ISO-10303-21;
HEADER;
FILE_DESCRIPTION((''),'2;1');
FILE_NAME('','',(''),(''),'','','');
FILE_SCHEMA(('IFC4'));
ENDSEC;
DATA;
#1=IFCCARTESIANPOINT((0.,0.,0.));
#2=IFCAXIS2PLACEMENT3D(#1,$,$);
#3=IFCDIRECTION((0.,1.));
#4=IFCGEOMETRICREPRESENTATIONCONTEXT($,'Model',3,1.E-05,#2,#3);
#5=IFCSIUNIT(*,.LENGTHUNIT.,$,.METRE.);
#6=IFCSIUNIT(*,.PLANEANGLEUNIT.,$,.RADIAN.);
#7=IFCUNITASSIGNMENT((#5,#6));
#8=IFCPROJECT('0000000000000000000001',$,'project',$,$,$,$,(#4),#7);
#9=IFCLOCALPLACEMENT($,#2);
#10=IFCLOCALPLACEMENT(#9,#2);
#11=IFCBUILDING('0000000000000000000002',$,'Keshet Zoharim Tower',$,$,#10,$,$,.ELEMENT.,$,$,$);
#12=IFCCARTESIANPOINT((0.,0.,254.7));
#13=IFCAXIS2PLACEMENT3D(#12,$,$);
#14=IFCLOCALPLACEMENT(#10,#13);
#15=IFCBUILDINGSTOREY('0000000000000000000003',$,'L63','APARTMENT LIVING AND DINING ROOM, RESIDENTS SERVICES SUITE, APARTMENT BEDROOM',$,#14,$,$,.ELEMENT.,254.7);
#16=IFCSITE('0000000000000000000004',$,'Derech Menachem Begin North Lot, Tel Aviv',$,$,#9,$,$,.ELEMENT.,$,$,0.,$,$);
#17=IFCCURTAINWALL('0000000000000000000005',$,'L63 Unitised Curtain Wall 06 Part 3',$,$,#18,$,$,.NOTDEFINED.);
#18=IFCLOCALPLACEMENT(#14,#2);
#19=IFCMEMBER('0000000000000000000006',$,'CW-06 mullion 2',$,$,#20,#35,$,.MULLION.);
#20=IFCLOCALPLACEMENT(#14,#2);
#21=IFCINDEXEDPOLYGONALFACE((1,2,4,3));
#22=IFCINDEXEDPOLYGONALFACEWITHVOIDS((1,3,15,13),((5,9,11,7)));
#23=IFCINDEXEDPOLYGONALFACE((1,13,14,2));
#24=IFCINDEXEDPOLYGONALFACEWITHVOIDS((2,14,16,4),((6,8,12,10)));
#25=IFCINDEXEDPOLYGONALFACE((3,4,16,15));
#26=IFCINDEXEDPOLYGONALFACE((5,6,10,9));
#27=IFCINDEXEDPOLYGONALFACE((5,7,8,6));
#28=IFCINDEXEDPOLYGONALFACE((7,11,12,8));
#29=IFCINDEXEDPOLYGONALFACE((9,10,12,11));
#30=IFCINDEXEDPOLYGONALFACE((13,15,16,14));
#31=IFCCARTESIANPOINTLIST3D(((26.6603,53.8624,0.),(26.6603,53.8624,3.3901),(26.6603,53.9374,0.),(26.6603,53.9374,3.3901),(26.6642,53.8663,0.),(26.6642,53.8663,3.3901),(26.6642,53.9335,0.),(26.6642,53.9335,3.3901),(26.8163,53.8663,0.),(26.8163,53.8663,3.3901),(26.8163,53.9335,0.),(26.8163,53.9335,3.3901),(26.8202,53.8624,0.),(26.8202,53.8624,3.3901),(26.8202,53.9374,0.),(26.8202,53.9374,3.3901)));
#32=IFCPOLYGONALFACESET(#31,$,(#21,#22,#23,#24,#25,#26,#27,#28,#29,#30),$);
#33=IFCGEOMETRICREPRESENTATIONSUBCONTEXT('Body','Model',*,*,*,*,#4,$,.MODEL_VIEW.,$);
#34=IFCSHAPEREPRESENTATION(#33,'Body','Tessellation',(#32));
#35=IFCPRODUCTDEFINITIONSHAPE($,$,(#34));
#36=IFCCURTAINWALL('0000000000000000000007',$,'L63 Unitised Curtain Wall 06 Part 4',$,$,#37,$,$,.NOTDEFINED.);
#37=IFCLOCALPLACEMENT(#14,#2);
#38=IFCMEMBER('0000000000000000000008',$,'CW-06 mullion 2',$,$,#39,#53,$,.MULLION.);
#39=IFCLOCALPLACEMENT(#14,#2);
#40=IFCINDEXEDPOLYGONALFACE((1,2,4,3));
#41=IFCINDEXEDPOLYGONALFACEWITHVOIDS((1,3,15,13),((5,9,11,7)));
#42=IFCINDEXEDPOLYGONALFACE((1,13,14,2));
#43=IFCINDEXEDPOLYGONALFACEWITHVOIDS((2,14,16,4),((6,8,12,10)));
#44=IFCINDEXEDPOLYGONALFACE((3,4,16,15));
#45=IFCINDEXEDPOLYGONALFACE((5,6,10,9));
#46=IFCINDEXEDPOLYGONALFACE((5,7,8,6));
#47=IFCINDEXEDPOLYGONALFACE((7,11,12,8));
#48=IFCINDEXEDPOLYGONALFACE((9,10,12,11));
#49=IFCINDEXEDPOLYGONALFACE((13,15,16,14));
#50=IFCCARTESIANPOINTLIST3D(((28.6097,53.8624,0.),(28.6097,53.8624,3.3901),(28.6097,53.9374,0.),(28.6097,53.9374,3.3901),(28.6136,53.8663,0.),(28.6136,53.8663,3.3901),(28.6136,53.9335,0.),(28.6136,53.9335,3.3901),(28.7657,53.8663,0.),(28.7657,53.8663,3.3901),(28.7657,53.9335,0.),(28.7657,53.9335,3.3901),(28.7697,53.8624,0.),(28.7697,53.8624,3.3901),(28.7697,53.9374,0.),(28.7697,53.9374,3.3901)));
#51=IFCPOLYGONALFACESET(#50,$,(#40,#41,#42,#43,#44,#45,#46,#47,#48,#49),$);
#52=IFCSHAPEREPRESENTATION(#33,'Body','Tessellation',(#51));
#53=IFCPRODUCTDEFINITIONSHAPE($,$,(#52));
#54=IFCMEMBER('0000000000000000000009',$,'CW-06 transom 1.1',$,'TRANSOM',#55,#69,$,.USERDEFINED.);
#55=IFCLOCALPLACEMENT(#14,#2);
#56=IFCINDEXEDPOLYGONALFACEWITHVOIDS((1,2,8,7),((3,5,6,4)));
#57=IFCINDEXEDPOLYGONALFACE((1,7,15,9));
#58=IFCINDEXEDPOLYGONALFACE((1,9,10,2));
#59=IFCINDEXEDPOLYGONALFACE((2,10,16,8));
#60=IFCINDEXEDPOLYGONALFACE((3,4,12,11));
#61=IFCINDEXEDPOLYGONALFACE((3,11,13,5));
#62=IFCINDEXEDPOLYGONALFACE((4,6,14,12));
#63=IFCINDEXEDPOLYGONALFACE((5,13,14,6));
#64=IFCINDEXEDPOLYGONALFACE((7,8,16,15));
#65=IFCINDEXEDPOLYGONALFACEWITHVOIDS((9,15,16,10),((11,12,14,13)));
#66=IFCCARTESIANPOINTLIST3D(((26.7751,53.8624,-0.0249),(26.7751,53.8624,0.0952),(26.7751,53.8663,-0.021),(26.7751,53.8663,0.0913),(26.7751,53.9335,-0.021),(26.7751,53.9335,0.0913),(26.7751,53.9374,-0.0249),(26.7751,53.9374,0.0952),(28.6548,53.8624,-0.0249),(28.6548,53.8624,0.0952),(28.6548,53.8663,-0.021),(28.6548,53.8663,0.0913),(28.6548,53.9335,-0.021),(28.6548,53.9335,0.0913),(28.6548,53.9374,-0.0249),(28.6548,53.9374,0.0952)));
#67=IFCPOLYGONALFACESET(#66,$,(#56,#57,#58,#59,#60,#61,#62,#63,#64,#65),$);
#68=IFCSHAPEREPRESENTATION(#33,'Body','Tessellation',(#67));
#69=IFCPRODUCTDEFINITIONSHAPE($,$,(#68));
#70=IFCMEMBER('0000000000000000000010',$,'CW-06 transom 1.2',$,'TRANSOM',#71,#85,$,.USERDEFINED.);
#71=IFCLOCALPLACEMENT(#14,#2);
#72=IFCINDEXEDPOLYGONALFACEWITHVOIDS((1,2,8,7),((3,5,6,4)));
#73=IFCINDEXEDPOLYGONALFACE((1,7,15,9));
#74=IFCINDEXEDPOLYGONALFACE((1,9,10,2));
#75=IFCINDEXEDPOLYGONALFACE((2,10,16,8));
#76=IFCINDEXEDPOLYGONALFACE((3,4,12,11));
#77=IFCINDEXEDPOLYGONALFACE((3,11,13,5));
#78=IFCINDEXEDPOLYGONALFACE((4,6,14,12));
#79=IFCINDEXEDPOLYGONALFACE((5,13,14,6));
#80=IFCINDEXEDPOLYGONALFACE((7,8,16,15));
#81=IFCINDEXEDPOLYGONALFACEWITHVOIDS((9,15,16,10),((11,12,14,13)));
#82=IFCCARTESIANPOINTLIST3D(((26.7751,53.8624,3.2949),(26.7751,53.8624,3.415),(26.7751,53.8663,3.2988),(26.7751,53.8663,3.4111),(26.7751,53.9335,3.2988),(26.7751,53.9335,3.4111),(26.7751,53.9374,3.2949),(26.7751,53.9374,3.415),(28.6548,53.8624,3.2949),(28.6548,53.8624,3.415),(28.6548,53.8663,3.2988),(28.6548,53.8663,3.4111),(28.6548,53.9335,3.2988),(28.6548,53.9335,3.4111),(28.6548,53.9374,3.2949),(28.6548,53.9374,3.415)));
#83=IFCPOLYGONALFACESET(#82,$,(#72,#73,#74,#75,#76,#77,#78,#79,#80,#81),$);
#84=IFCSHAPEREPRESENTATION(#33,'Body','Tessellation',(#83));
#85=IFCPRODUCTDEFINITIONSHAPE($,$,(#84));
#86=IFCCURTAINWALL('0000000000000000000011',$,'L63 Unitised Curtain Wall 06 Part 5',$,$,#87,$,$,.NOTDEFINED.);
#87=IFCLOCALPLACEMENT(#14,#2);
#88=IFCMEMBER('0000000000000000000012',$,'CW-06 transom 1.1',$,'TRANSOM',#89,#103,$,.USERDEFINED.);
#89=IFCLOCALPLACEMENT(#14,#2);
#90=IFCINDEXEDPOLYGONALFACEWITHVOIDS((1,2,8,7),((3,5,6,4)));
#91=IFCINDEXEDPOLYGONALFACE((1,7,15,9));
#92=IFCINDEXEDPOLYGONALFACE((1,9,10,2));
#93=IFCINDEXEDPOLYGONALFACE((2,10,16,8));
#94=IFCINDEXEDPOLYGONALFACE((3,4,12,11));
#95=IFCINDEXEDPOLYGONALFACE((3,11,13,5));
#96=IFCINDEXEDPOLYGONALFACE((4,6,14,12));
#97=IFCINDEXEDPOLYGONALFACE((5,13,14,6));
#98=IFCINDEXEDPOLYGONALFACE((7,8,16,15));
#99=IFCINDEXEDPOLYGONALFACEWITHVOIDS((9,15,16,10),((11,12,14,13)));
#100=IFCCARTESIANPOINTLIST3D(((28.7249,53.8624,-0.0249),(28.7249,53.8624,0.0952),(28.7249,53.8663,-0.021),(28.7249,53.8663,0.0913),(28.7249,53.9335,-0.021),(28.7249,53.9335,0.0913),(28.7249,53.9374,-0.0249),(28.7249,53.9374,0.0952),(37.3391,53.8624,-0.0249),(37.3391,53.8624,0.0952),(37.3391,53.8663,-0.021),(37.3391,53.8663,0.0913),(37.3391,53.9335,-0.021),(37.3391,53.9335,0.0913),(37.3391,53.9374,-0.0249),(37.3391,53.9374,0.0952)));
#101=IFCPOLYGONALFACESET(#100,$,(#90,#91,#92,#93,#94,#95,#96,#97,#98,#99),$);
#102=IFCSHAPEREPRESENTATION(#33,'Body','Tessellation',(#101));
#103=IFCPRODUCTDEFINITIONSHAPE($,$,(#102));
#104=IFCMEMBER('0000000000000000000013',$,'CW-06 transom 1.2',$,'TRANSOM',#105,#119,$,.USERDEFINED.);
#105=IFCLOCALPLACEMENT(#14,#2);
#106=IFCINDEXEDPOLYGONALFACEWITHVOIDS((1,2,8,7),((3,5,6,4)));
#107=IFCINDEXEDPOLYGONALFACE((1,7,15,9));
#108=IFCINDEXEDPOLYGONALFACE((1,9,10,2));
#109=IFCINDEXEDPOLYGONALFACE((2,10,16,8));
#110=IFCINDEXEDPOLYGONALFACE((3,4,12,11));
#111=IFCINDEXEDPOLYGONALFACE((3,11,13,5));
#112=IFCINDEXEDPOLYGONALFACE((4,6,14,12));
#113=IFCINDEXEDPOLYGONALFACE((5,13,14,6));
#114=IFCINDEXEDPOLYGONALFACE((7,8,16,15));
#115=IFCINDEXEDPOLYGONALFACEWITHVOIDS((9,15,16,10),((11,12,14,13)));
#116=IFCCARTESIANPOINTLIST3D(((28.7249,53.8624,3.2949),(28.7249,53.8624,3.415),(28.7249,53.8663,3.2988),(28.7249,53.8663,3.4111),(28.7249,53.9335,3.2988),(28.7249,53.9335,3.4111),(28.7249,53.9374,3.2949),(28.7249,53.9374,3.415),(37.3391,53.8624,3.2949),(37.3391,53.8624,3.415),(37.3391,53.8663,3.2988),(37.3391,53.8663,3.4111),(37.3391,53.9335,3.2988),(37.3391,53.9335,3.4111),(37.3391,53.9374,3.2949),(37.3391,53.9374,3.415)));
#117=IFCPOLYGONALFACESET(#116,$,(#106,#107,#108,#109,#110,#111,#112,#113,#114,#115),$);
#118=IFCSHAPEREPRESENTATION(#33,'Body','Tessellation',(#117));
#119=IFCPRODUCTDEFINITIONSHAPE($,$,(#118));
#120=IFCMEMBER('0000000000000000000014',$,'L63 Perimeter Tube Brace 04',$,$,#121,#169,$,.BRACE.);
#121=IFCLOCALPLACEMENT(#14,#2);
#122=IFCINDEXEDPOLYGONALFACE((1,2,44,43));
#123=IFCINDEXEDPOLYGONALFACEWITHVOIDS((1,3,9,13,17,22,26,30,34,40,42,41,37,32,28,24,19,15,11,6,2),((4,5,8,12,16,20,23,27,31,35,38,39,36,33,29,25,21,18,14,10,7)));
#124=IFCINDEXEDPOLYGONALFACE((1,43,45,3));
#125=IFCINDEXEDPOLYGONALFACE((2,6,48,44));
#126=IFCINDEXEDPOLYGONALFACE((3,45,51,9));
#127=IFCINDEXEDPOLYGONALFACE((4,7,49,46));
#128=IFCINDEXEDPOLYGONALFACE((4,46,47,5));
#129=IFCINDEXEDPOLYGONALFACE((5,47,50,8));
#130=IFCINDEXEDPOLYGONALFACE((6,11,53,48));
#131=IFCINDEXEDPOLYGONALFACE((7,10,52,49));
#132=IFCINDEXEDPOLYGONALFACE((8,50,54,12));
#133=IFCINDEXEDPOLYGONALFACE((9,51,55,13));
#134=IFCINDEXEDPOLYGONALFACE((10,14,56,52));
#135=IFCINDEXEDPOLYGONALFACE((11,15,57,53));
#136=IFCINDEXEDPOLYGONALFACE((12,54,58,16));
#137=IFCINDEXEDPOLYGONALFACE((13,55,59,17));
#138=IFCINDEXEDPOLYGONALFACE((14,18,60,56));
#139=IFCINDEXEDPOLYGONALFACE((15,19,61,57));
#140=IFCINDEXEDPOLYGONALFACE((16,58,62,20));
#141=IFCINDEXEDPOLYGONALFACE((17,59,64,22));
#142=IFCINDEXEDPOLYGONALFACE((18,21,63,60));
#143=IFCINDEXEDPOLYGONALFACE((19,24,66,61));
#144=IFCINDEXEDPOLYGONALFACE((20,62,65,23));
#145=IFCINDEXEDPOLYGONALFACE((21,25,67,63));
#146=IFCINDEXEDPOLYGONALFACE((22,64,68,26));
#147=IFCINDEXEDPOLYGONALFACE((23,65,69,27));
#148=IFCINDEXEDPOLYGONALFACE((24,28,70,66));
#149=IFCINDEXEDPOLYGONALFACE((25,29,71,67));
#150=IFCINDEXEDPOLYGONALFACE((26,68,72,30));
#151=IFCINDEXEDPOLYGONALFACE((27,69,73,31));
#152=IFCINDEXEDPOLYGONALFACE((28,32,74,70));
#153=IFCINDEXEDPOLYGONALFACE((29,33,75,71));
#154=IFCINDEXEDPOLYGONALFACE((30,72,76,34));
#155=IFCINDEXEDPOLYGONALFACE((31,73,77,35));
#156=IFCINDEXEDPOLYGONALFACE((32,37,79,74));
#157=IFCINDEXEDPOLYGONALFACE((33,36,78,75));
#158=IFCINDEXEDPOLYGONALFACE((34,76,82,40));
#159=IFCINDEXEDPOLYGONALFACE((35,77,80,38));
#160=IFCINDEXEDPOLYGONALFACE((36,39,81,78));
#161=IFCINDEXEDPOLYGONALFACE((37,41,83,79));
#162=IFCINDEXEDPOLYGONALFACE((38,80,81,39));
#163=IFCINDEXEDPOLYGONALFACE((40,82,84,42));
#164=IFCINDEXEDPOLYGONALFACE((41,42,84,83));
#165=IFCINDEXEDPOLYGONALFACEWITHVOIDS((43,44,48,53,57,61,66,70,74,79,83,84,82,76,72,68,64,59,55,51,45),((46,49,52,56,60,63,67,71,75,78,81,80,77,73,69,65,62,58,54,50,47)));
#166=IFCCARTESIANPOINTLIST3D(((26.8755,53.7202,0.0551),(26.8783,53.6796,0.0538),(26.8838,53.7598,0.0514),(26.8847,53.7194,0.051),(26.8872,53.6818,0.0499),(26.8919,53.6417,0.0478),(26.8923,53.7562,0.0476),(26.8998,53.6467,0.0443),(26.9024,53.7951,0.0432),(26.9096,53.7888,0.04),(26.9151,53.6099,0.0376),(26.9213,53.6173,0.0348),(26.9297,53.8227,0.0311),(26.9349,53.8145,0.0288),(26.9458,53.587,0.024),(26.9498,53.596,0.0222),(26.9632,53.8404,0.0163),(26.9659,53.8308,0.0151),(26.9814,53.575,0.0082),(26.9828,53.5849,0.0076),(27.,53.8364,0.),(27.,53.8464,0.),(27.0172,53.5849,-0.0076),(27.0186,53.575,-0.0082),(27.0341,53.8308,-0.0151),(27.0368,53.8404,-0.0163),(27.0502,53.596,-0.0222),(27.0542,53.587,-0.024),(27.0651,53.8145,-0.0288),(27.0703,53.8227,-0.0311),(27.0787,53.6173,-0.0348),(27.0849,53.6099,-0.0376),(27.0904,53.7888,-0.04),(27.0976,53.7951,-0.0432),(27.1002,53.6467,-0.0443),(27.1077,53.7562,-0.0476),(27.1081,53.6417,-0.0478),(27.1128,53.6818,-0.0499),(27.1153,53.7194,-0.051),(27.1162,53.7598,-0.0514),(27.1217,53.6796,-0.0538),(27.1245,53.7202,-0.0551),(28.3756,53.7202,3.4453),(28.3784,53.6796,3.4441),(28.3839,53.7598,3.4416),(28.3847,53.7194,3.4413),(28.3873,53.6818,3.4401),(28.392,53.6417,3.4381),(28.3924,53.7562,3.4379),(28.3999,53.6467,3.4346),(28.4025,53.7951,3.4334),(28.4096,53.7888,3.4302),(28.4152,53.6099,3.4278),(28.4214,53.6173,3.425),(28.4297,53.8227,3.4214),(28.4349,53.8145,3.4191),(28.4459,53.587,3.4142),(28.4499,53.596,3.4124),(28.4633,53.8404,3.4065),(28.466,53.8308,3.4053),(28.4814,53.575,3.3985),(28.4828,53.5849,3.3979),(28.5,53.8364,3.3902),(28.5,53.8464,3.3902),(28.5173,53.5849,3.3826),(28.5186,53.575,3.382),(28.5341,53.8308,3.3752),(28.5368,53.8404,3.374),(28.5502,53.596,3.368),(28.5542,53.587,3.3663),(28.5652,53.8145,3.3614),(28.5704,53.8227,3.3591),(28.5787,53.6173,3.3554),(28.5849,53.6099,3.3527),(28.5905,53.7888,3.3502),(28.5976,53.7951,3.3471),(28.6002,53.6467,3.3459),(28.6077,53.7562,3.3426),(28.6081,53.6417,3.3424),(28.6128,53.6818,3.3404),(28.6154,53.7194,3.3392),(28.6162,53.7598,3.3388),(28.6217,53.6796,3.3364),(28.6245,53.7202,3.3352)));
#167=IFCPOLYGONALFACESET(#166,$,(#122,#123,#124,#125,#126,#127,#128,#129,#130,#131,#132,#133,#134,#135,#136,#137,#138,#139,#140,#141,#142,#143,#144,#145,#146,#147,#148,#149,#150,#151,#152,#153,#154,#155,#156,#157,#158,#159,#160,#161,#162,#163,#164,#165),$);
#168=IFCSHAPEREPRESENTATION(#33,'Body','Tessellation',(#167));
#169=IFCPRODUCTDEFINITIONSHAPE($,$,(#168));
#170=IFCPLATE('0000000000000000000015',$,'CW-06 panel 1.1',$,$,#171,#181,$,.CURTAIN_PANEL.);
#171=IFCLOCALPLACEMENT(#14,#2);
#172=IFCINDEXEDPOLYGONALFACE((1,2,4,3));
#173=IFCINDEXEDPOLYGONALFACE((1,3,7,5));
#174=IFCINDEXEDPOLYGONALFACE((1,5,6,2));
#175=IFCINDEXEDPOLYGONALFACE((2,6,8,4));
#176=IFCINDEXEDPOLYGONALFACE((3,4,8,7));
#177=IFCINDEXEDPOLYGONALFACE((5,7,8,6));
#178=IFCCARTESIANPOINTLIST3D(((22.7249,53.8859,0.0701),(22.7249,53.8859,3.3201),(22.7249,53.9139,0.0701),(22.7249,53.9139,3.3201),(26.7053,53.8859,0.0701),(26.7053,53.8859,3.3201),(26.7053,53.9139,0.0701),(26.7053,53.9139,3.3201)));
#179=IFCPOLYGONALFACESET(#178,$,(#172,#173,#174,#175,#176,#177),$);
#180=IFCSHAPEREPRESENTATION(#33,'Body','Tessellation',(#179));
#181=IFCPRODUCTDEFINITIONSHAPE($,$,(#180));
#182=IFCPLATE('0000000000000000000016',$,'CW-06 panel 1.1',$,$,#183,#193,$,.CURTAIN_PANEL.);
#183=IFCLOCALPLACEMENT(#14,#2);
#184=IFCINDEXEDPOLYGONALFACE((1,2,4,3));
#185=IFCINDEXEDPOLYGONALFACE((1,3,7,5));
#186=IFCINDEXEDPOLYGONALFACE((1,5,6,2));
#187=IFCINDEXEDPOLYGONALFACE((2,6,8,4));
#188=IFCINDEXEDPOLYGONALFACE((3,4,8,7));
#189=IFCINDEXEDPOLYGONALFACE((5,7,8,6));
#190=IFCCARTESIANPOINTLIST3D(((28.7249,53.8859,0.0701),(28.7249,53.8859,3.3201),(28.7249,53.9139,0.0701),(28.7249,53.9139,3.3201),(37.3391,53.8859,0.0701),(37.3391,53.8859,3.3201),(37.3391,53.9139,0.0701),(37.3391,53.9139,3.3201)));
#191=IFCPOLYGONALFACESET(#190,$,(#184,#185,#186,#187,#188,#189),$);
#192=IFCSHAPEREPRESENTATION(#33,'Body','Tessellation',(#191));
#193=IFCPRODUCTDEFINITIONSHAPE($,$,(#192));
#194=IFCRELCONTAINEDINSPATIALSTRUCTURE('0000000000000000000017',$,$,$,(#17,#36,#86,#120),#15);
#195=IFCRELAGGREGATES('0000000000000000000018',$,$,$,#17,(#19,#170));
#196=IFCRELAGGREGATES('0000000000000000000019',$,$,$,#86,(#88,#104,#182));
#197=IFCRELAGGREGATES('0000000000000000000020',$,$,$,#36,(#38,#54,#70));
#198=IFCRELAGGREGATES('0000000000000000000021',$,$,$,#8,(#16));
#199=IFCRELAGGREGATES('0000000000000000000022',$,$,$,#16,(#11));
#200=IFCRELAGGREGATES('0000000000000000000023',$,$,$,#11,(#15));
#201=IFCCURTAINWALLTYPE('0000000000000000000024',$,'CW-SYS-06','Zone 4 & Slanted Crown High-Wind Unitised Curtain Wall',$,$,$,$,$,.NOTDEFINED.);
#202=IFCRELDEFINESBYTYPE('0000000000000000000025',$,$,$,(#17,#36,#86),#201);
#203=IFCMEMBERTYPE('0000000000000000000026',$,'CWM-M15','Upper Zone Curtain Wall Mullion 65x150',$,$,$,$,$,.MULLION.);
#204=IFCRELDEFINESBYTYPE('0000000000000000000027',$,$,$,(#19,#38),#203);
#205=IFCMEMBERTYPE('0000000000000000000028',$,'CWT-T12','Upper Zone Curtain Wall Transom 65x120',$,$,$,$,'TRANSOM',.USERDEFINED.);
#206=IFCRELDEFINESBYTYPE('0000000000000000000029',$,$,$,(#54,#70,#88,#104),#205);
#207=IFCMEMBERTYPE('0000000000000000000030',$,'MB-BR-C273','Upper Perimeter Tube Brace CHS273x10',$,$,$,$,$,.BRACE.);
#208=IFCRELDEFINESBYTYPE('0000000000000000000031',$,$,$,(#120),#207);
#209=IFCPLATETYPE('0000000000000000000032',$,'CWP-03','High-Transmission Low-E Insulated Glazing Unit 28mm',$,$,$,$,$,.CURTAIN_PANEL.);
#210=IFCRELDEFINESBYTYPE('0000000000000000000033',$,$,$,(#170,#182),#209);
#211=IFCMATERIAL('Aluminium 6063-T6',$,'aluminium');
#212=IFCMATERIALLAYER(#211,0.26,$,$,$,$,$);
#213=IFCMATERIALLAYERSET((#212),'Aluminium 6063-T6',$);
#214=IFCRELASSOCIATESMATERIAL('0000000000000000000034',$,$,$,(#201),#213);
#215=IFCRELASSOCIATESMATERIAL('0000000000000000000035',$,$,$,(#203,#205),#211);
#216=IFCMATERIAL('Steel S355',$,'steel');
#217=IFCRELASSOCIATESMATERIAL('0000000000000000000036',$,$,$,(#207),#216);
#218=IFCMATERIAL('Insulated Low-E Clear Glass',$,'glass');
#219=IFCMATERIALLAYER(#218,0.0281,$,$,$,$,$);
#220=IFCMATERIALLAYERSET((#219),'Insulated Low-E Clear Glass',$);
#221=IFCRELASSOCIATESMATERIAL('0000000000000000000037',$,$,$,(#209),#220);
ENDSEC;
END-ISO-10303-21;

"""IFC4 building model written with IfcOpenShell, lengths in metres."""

from ifc_helpers import new_model, si_unit, direction, frame, origin, origin_2d, place, context, subcontext, project, spatial, rectangle, hollow_rectangle, hollow_circle, extrude, material, layer, layer_set, material_profile, profile_set, type_object, element, aggregate, save


model = new_model("IFC4")

# Units and contexts
model_context = context("Model", 3, precision=1e-05, world=origin(), true_north=direction((0.0, 1.0)))
body_context = subcontext(model_context, "Body", "Model", "MODEL_VIEW")
ifc_project = project(units=[si_unit("LENGTHUNIT", "METRE"), si_unit("PLANEANGLEUNIT", "RADIAN")], contexts=[model_context])

# Site, building, storey
site_placement = place(None, origin())
site = spatial("IfcSite", under=ifc_project, at=site_placement, Name="Derech Menachem Begin North Lot, Tel Aviv", CompositionType="ELEMENT", RefElevation=0.0)
building_placement = place(site_placement, origin())
building = spatial("IfcBuilding", under=site, at=building_placement, Name="Keshet Zoharim Tower", CompositionType="ELEMENT")
storey_placement = place(building_placement, frame((0.0, 0.0, 254.7)))
storey = spatial("IfcBuildingStorey", under=building, at=storey_placement, Name="L63", Description="APARTMENT LIVING AND DINING ROOM, RESIDENTS SERVICES SUITE, APARTMENT BEDROOM", CompositionType="ELEMENT", Elevation=254.7)

# Shared definitions
ifc_material_1 = material(Name="Steel S355", Category="steel")

# Curtain wall, member
ifc_material_2 = material(Name="Aluminium 6063-T6", Category="aluminium")
ifc_layer_1 = layer(ifc_material_2, 0.26)
ifc_layer_set_1 = layer_set([ifc_layer_1], Name="Aluminium 6063-T6")
curtain_wall_type = type_object("IfcCurtainWallType", Name="CW-SYS-06", Description="Zone 4 & Slanted Crown High-Wind Unitised Curtain Wall", PredefinedType="NOTDEFINED", material=ifc_layer_set_1)
curtain_wall_1_placement = place(storey_placement, origin())
curtain_wall_1 = element("IfcCurtainWall", 1, at=curtain_wall_1_placement, inside=storey, type_object=curtain_wall_type, Name="L63 Unitised Curtain Wall 06 Part 3", PredefinedType="NOTDEFINED")
ifc_material_profile_1 = material_profile(ifc_material_2, hollow_rectangle(XDim=0.075, YDim=0.1599, WallThickness=0.0039, at=origin_2d()), Name="MUL-75x160")
ifc_profile_set_1 = profile_set([ifc_material_profile_1], Name="Aluminium 6063-T6")
member_type_1 = type_object("IfcMemberType", Name="CWM-M15", Description="Upper Zone Curtain Wall Mullion 65x150", PredefinedType="MULLION", material=ifc_profile_set_1)
member_1_placement = place(storey_placement, frame((26.7402, 53.8999, 0.0), z_axis=(0.0, 0.0, 1.0), x_axis=(0.0, 1.0, 0.0)))
member_1 = element("IfcMember", 2, at=member_1_placement, type_object=member_type_1, Name="CW-06 mullion 2", PredefinedType="MULLION", context=body_context, shape_type="SweptSolid", body=[
    extrude(hollow_rectangle(XDim=0.075, YDim=0.1599, WallThickness=0.0039, at=origin_2d()), origin(), (0.0, 0.0, 1.0), 3.3901),
])

# Curtain walls, members
curtain_wall_2_placement = place(storey_placement, origin())
curtain_wall_2 = element("IfcCurtainWall", 3, at=curtain_wall_2_placement, inside=storey, type_object=curtain_wall_type, Name="L63 Unitised Curtain Wall 06 Part 4", PredefinedType="NOTDEFINED")
member_2_placement = place(storey_placement, frame((28.6897, 53.8999, 0.0), z_axis=(0.0, 0.0, 1.0), x_axis=(0.0, 1.0, 0.0)))
member_2 = element("IfcMember", 4, at=member_2_placement, type_object=member_type_1, Name="CW-06 mullion 2", PredefinedType="MULLION", context=body_context, shape_type="SweptSolid", body=[
    extrude(hollow_rectangle(XDim=0.075, YDim=0.1599, WallThickness=0.0039, at=origin_2d()), origin(), (0.0, 0.0, 1.0), 3.3901),
])
ifc_material_profile_2 = material_profile(ifc_material_2, hollow_rectangle(XDim=0.075, YDim=0.1201, WallThickness=0.0039, at=origin_2d()), Name="TRN-75x120")
ifc_profile_set_2 = profile_set([ifc_material_profile_2], Name="Aluminium 6063-T6")
member_type_2 = type_object("IfcMemberType", Name="CWT-T12", Description="Upper Zone Curtain Wall Transom 65x120", ElementType="TRANSOM", PredefinedType="USERDEFINED", material=ifc_profile_set_2)
member_3_placement = place(storey_placement, frame((26.7751, 53.8999, 0.0352), z_axis=(1.0, 0.0, 0.0), x_axis=(0.0, 1.0, 0.0)))
member_3 = element("IfcMember", 5, at=member_3_placement, type_object=member_type_2, Name="CW-06 transom 1.1", ObjectType="TRANSOM", PredefinedType="USERDEFINED", context=body_context, shape_type="SweptSolid", body=[
    extrude(hollow_rectangle(XDim=0.075, YDim=0.1201, WallThickness=0.0039, at=origin_2d()), origin(), (0.0, 0.0, 1.0), 1.8796),
])
member_4_placement = place(storey_placement, frame((26.7751, 53.8999, 3.355), z_axis=(1.0, 0.0, 0.0), x_axis=(0.0, 1.0, 0.0)))
member_4 = element("IfcMember", 6, at=member_4_placement, type_object=member_type_2, Name="CW-06 transom 1.2", ObjectType="TRANSOM", PredefinedType="USERDEFINED", context=body_context, shape_type="SweptSolid", body=[
    extrude(hollow_rectangle(XDim=0.075, YDim=0.1201, WallThickness=0.0039, at=origin_2d()), origin(), (0.0, 0.0, 1.0), 1.8796),
])
curtain_wall_3_placement = place(storey_placement, origin())
curtain_wall_3 = element("IfcCurtainWall", 7, at=curtain_wall_3_placement, inside=storey, type_object=curtain_wall_type, Name="L63 Unitised Curtain Wall 06 Part 5", PredefinedType="NOTDEFINED")
member_5_placement = place(storey_placement, frame((28.7249, 53.8999, 0.0352), z_axis=(1.0, 0.0, 0.0), x_axis=(0.0, 1.0, 0.0)))
member_5 = element("IfcMember", 8, at=member_5_placement, type_object=member_type_2, Name="CW-06 transom 1.1", ObjectType="TRANSOM", PredefinedType="USERDEFINED", context=body_context, shape_type="SweptSolid", body=[
    extrude(hollow_rectangle(XDim=0.075, YDim=0.1201, WallThickness=0.0039, at=origin_2d()), origin(), (0.0, 0.0, 1.0), 8.6143),
])
member_6_placement = place(storey_placement, frame((28.7249, 53.8999, 3.355), z_axis=(1.0, 0.0, 0.0), x_axis=(0.0, 1.0, 0.0)))
member_6 = element("IfcMember", 9, at=member_6_placement, type_object=member_type_2, Name="CW-06 transom 1.2", ObjectType="TRANSOM", PredefinedType="USERDEFINED", context=body_context, shape_type="SweptSolid", body=[
    extrude(hollow_rectangle(XDim=0.075, YDim=0.1201, WallThickness=0.0039, at=origin_2d()), origin(), (0.0, 0.0, 1.0), 8.6143),
])

# Member
ifc_material_profile_3 = material_profile(ifc_material_1, hollow_circle(Radius=0.1365, WallThickness=0.01, at=origin_2d()), Name="CHS273x10")
ifc_profile_set_3 = profile_set([ifc_material_profile_3], Name="Steel S355")
member_type_3 = type_object("IfcMemberType", Name="MB-BR-C273", Description="Upper Perimeter Tube Brace CHS273x10", PredefinedType="BRACE", material=ifc_profile_set_3)
member_7_placement = place(storey_placement, frame((27.0, 53.71, 0.0), z_axis=(0.404623, 0.0, 0.914484), x_axis=(0.0, 1.0, 0.0)))
element("IfcMember", 10, at=member_7_placement, inside=storey, type_object=member_type_3, Name="L63 Perimeter Tube Brace 04", PredefinedType="BRACE", context=body_context, shape_type="SweptSolid", body=[
    extrude(hollow_circle(Radius=0.1365, WallThickness=0.01, at=origin_2d()), origin(), (0.0, 0.0, 1.0), 3.7073),
])

# Plates
ifc_material_3 = material(Name="Insulated Low-E Clear Glass", Category="glass")
ifc_layer_2 = layer(ifc_material_3, 0.0281)
ifc_layer_set_2 = layer_set([ifc_layer_2], Name="Insulated Low-E Clear Glass")
plate_type_1 = type_object("IfcPlateType", Name="CWP-03", Description="High-Transmission Low-E Insulated Glazing Unit 28mm", PredefinedType="CURTAIN_PANEL", material=ifc_layer_set_2)
plate_1_placement = place(storey_placement, frame((24.7151, 53.8999, 0.0701), z_axis=(0.0, 0.0, 1.0), x_axis=(1.0, 0.0, 0.0)))
plate_1 = element("IfcPlate", 11, at=plate_1_placement, type_object=plate_type_1, Name="CW-06 panel 1.1", PredefinedType="CURTAIN_PANEL", context=body_context, shape_type="SweptSolid", body=[
    extrude(rectangle(XDim=3.9805, YDim=0.0281, at=origin_2d()), origin(), (0.0, 0.0, 1.0), 3.25),
])
aggregate(curtain_wall_1, [member_1, plate_1])
plate_2_placement = place(storey_placement, frame((33.032, 53.8999, 0.0701), z_axis=(0.0, 0.0, 1.0), x_axis=(1.0, 0.0, 0.0)))
plate_2 = element("IfcPlate", 12, at=plate_2_placement, type_object=plate_type_1, Name="CW-06 panel 1.1", PredefinedType="CURTAIN_PANEL", context=body_context, shape_type="SweptSolid", body=[
    extrude(rectangle(XDim=8.6143, YDim=0.0281, at=origin_2d()), origin(), (0.0, 0.0, 1.0), 3.25),
])
aggregate(curtain_wall_3, [member_5, member_6, plate_2])
aggregate(curtain_wall_2, [member_2, member_3, member_4])

save(model, "model.ifc")
